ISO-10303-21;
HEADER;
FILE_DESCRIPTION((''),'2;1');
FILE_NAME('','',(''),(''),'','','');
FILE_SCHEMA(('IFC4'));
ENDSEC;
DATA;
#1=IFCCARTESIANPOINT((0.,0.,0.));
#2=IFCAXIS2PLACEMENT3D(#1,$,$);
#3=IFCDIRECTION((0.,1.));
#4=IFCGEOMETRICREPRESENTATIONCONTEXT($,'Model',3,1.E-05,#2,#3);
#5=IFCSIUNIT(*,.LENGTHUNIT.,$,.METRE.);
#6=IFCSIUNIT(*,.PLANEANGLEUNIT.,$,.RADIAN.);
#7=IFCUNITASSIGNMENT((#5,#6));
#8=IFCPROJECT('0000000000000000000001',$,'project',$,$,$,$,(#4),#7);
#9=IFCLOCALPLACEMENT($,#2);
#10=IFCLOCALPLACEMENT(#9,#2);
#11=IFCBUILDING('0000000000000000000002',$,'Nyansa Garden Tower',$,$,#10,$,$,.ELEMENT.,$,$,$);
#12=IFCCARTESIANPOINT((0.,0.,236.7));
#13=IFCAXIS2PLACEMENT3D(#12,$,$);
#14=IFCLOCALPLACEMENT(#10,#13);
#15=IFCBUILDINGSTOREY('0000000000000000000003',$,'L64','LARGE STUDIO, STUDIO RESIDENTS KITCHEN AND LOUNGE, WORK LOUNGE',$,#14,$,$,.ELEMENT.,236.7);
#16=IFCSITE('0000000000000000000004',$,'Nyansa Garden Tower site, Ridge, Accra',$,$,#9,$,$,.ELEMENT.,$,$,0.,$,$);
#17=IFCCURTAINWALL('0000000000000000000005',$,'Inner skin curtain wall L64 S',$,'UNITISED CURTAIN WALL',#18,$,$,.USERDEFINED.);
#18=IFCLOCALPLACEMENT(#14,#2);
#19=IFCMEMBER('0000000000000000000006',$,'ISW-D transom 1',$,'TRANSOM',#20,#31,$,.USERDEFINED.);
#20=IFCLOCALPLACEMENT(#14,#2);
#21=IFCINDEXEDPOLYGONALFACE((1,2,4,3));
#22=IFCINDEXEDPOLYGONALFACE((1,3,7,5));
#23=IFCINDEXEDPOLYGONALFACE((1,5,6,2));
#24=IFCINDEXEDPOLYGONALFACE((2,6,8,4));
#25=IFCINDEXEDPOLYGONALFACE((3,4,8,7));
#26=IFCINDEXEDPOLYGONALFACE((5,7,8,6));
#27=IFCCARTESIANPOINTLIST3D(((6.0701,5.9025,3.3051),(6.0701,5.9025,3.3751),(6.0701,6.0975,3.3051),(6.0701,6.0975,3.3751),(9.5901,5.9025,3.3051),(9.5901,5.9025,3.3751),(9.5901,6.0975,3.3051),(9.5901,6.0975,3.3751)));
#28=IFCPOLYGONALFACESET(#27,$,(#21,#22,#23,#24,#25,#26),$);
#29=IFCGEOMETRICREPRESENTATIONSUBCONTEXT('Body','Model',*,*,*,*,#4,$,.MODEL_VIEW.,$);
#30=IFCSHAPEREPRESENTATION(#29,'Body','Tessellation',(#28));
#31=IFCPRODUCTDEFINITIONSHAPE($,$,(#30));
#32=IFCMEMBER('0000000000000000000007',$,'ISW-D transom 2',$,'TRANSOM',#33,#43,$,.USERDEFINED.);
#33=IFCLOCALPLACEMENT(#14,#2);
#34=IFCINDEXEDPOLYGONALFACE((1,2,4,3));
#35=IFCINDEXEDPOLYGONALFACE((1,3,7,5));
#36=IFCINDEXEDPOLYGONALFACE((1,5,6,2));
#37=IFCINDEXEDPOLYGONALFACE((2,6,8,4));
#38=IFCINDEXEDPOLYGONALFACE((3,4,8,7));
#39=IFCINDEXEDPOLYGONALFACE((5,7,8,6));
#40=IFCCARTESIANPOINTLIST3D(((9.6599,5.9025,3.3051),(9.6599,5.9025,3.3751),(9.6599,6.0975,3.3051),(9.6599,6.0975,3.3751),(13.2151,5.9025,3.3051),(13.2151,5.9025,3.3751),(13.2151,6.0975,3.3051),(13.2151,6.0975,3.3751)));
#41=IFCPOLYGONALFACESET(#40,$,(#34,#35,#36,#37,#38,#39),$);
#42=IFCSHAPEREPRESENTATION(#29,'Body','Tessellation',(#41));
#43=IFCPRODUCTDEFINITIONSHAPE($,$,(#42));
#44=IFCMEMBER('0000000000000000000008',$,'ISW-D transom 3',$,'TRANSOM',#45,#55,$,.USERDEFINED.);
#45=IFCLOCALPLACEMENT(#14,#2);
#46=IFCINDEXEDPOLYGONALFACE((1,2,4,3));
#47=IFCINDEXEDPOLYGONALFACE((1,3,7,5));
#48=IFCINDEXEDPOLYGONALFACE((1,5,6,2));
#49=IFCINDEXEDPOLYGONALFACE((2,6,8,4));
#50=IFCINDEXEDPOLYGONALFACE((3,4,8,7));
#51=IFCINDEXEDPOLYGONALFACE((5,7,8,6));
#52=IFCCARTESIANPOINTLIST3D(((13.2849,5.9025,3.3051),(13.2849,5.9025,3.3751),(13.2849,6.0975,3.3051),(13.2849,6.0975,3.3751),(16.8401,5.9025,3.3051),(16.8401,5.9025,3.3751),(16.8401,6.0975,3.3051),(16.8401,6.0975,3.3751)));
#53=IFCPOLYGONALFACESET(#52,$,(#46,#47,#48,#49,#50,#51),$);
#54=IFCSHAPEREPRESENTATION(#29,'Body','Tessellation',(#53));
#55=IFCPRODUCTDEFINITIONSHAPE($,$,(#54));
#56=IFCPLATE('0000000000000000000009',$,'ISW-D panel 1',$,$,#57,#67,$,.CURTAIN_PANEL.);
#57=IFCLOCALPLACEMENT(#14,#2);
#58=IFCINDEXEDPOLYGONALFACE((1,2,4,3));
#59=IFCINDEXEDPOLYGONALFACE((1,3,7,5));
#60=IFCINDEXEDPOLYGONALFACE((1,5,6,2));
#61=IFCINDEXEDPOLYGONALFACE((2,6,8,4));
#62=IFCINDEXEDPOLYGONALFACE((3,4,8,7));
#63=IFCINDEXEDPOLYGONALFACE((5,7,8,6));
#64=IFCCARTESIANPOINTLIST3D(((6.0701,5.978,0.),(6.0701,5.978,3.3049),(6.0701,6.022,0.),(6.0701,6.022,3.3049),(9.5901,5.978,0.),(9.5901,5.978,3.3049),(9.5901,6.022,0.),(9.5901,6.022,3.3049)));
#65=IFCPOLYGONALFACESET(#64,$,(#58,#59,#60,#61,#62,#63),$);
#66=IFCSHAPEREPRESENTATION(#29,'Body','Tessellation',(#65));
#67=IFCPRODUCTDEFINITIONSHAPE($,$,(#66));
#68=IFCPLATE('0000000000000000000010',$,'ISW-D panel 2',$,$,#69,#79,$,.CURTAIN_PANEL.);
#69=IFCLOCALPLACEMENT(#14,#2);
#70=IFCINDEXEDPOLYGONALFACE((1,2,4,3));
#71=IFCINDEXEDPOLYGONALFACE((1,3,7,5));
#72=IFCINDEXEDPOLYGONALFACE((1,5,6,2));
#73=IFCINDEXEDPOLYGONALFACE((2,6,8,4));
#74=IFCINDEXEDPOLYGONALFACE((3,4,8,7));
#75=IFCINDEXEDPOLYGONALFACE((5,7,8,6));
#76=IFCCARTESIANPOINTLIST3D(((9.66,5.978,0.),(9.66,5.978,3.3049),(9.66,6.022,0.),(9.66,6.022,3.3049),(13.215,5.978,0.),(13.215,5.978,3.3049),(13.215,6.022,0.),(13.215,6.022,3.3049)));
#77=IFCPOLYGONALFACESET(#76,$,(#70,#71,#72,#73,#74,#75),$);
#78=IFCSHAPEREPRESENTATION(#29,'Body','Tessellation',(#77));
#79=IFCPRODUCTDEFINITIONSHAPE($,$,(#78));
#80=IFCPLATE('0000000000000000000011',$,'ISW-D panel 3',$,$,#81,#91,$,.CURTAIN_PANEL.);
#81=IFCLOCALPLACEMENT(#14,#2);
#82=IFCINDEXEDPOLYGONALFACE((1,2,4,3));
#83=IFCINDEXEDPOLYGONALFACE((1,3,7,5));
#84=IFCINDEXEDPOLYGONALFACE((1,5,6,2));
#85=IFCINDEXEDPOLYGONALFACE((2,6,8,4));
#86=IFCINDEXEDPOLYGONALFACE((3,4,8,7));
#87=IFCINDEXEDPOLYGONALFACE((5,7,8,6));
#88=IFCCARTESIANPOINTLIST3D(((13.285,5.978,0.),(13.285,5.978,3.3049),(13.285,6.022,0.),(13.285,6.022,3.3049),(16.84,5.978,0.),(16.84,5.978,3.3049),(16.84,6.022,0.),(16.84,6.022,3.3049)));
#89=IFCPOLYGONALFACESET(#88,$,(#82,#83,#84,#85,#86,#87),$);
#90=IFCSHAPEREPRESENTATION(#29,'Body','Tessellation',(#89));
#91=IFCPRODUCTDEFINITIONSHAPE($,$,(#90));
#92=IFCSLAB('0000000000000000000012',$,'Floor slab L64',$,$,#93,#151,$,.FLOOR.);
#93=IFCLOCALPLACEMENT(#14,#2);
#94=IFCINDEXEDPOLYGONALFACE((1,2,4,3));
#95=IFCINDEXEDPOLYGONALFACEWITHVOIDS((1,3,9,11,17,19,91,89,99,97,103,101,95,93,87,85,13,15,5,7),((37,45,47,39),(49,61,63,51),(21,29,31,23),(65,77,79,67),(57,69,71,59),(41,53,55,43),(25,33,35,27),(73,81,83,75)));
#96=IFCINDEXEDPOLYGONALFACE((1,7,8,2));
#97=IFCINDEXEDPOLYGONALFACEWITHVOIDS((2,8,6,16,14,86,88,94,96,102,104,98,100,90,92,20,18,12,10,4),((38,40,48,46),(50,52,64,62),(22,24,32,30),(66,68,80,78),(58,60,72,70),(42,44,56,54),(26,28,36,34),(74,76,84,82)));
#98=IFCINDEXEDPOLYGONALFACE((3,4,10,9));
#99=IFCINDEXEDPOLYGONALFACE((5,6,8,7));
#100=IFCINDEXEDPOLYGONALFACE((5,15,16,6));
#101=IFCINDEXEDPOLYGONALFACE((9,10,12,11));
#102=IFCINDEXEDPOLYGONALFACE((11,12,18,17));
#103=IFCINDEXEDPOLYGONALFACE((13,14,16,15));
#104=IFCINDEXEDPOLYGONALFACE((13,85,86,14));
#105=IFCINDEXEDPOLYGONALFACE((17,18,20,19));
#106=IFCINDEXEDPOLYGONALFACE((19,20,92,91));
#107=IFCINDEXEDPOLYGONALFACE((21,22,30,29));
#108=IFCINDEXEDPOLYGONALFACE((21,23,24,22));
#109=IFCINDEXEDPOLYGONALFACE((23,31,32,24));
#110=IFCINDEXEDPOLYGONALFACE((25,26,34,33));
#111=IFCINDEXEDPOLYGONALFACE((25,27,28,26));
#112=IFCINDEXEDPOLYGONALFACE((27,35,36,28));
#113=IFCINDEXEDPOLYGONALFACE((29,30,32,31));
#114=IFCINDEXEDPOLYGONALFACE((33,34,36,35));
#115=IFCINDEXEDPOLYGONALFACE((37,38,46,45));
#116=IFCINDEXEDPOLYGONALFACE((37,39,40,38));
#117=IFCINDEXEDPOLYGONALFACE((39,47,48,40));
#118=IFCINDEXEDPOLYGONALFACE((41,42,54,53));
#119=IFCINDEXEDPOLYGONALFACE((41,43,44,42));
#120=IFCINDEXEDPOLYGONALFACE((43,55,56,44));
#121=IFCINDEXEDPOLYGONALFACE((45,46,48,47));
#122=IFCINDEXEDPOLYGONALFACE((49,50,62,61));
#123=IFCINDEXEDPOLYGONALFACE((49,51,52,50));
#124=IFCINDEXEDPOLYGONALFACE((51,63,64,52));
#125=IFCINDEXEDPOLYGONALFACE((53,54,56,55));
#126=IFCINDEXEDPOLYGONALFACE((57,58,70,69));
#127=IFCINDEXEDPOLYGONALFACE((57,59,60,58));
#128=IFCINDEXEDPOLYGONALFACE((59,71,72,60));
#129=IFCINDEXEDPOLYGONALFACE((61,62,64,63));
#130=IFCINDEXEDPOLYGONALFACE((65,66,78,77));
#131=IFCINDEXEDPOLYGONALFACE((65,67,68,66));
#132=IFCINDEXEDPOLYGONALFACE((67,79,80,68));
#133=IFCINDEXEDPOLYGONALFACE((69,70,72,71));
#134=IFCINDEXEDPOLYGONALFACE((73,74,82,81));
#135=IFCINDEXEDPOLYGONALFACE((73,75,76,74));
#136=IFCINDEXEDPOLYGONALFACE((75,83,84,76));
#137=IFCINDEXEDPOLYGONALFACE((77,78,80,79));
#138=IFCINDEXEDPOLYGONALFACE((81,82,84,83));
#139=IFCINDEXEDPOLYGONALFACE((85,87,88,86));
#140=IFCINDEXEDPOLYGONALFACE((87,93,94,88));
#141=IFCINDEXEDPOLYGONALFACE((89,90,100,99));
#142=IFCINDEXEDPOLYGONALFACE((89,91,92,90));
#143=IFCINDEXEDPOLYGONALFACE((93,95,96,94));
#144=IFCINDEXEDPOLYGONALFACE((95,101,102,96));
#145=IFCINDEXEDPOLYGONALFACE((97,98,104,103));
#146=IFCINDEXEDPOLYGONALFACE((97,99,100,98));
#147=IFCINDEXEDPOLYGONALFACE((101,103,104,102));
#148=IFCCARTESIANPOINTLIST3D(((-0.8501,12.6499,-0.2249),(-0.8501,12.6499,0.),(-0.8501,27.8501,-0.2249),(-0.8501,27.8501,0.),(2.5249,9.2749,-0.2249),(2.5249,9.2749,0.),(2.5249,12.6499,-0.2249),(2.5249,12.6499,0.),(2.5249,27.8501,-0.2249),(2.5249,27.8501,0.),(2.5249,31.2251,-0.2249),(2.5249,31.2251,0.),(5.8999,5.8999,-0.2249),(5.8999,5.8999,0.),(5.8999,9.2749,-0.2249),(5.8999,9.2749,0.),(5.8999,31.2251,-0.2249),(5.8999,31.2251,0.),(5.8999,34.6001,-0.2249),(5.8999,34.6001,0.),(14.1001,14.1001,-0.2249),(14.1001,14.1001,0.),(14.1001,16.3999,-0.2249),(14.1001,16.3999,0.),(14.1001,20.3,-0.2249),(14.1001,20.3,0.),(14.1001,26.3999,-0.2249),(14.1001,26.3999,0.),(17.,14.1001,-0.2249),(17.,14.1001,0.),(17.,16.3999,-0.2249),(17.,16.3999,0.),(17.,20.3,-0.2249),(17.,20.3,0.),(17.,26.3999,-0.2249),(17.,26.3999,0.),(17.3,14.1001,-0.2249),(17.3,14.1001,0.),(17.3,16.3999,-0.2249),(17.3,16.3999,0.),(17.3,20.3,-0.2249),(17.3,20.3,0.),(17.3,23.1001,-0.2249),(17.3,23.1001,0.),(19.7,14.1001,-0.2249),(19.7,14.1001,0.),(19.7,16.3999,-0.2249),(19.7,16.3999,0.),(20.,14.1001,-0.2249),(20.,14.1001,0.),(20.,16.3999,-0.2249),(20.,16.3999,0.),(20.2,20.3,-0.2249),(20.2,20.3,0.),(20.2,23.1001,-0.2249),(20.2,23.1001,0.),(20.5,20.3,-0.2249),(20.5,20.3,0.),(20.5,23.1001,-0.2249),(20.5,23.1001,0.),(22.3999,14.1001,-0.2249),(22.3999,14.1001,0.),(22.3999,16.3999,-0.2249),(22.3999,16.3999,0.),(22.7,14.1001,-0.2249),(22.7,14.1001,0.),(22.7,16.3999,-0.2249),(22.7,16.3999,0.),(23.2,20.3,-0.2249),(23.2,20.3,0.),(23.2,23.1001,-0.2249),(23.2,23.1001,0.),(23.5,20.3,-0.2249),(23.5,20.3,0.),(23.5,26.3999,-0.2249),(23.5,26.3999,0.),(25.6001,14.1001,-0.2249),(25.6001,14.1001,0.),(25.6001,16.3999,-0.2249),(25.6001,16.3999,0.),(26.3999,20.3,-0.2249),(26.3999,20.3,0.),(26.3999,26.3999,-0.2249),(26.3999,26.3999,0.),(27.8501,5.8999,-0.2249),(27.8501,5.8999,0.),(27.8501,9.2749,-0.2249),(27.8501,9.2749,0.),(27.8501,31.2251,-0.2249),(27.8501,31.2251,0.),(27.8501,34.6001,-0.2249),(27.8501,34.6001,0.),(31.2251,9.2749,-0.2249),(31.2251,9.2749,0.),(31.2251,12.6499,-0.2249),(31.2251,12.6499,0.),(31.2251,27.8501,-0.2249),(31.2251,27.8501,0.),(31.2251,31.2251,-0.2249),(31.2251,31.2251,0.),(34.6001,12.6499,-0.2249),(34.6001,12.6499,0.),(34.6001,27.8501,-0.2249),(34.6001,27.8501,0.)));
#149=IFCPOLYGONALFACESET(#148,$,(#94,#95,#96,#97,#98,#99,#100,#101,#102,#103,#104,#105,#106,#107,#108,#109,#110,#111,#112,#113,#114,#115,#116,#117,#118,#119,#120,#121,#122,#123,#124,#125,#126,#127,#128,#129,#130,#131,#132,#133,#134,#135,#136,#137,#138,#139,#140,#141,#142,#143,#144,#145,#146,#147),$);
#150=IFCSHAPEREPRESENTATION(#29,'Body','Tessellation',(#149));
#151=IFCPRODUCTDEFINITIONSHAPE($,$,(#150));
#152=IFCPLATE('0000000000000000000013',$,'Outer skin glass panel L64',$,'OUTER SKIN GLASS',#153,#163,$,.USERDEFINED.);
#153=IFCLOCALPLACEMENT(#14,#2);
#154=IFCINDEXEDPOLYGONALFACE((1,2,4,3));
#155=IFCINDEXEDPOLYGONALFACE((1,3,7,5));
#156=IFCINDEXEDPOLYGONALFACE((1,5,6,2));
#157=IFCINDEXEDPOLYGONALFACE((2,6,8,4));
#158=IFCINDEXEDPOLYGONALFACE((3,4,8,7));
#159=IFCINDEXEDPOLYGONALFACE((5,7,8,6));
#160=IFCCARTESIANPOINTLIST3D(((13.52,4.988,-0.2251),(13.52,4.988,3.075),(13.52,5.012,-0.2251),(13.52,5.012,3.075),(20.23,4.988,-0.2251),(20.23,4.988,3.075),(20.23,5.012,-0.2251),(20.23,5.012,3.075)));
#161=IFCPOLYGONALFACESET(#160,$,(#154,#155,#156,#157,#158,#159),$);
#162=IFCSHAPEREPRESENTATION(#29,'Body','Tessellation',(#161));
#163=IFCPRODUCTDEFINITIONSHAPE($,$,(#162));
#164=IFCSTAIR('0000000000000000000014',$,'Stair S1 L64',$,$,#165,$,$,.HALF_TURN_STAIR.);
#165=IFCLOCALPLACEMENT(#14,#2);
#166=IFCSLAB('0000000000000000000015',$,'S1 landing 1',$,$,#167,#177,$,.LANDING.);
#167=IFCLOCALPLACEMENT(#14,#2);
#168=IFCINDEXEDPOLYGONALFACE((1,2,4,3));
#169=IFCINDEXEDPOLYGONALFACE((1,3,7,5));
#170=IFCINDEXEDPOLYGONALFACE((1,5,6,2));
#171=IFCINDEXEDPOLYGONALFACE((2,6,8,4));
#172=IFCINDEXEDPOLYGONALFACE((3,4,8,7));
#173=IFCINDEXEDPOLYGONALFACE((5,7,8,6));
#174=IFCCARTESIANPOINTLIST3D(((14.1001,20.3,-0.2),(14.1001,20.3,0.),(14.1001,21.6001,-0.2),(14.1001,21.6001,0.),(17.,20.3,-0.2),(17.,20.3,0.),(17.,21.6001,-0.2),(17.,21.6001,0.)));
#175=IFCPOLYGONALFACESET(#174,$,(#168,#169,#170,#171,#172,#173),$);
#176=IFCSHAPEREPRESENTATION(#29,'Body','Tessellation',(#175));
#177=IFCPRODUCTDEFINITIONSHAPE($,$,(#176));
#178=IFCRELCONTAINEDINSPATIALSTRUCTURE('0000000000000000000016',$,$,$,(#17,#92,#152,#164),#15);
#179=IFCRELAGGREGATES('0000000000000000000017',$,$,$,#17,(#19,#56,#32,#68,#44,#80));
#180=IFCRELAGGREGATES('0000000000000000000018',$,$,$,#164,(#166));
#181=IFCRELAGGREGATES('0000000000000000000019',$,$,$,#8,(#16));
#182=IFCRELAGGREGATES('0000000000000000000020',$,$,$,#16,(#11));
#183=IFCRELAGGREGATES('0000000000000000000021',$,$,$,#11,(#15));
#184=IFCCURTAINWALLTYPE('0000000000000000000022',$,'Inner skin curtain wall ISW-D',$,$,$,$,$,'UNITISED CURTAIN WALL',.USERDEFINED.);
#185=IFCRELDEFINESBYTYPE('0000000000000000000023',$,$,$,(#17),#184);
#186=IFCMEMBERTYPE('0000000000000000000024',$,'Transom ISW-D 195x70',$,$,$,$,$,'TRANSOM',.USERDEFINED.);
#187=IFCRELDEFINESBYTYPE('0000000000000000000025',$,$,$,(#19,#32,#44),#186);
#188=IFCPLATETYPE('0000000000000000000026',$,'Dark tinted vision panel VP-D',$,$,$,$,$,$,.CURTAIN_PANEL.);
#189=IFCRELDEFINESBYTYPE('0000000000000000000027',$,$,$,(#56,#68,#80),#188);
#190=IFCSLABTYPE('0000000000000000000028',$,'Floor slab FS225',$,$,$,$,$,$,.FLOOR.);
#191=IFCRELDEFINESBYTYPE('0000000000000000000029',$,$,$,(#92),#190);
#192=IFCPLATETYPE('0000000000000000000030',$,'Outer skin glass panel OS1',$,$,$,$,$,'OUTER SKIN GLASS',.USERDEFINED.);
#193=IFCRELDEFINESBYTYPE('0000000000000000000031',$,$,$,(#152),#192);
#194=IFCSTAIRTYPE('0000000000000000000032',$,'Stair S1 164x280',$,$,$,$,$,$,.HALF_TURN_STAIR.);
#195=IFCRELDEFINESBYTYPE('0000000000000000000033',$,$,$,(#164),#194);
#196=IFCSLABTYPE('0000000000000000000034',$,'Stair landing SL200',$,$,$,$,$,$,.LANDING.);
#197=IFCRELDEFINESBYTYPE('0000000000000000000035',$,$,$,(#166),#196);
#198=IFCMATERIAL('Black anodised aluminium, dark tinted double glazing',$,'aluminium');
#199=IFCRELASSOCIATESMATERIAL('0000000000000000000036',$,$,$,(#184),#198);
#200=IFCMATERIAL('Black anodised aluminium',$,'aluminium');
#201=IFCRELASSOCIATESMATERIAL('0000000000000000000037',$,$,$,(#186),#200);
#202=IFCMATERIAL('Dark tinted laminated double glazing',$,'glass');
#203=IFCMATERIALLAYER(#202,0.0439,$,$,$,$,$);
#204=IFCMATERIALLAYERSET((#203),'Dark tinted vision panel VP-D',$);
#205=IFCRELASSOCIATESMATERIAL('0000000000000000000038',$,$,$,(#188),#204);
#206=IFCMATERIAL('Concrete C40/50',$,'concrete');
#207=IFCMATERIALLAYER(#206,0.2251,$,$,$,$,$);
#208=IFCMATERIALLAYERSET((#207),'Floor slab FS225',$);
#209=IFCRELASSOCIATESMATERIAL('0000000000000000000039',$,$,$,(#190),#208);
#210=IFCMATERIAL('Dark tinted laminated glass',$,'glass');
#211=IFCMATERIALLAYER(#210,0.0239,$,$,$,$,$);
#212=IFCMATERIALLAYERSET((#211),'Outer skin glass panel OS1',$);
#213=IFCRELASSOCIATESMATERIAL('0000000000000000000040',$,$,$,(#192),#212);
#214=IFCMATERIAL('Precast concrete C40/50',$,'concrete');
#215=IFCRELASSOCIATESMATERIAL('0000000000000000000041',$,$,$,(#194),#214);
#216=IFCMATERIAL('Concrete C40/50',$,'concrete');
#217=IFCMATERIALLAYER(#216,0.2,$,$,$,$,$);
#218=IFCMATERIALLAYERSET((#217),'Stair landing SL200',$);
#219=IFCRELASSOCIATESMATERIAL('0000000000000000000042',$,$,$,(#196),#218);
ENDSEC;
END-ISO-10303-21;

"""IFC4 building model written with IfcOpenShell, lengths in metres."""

from ifc_helpers import new_model, si_unit, direction, frame, origin, origin_2d, place, context, subcontext, project, spatial, polyline, rectangle, outline, extrude, material, layer, layer_set, material_profile, profile_set, type_object, element, aggregate, save


model = new_model("IFC4")

# Units and contexts
model_context = context("Model", 3, precision=1e-05, world=origin(), true_north=direction((0.0, 1.0)))
body_context = subcontext(model_context, "Body", "Model", "MODEL_VIEW")
ifc_project = project(units=[si_unit("LENGTHUNIT", "METRE"), si_unit("PLANEANGLEUNIT", "RADIAN")], contexts=[model_context])

# Site, building, storey
site_placement = place(None, origin())
site = spatial("IfcSite", under=ifc_project, at=site_placement, Name="Nyansa Garden Tower site, Ridge, Accra", CompositionType="ELEMENT", RefElevation=0.0)
building_placement = place(site_placement, origin())
building = spatial("IfcBuilding", under=site, at=building_placement, Name="Nyansa Garden Tower", CompositionType="ELEMENT")
storey_placement = place(building_placement, frame((0.0, 0.0, 236.7)))
storey = spatial("IfcBuildingStorey", under=building, at=storey_placement, Name="L64", Description="LARGE STUDIO, STUDIO RESIDENTS KITCHEN AND LOUNGE, WORK LOUNGE", CompositionType="ELEMENT", Elevation=236.7)

# Curtain wall
ifc_material_1 = material(Name="Black anodised aluminium, dark tinted double glazing", Category="aluminium")
curtain_wall_type = type_object("IfcCurtainWallType", Name="Inner skin curtain wall ISW-D", ElementType="UNITISED CURTAIN WALL", PredefinedType="USERDEFINED", material=ifc_material_1)
curtain_wall_placement = place(storey_placement, origin())
curtain_wall = element("IfcCurtainWall", 1, at=curtain_wall_placement, inside=storey, type_object=curtain_wall_type, Name="Inner skin curtain wall L64 S", ObjectType="UNITISED CURTAIN WALL", PredefinedType="USERDEFINED")

# Members
ifc_material_2 = material(Name="Black anodised aluminium", Category="aluminium")
ifc_material_profile_1 = material_profile(ifc_material_2, rectangle(XDim=0.1951, YDim=0.0701, at=origin_2d()), Name="Transom 195x70")
ifc_profile_set_1 = profile_set([ifc_material_profile_1], Name="Black anodised aluminium")
member_type_1 = type_object("IfcMemberType", Name="Transom ISW-D 195x70", ElementType="TRANSOM", PredefinedType="USERDEFINED", material=ifc_profile_set_1)
member_1_placement = place(storey_placement, frame((6.0701, 6.0, 3.3401), z_axis=(1.0, 0.0, 0.0), x_axis=(0.0, 1.0, 0.0)))
member_1 = element("IfcMember", 2, at=member_1_placement, type_object=member_type_1, Name="ISW-D transom 1", ObjectType="TRANSOM", PredefinedType="USERDEFINED", context=body_context, shape_type="SweptSolid", body=[
    extrude(rectangle(XDim=0.1951, YDim=0.0701, at=origin_2d()), origin(), (0.0, 0.0, 1.0), 3.52),
])
member_2_placement = place(storey_placement, frame((9.6599, 6.0, 3.3401), z_axis=(1.0, 0.0, 0.0), x_axis=(0.0, 1.0, 0.0)))
member_2 = element("IfcMember", 3, at=member_2_placement, type_object=member_type_1, Name="ISW-D transom 2", ObjectType="TRANSOM", PredefinedType="USERDEFINED", context=body_context, shape_type="SweptSolid", body=[
    extrude(rectangle(XDim=0.1951, YDim=0.0701, at=origin_2d()), origin(), (0.0, 0.0, 1.0), 3.5552),
])
member_3_placement = place(storey_placement, frame((13.2849, 6.0, 3.3401), z_axis=(1.0, 0.0, 0.0), x_axis=(0.0, 1.0, 0.0)))
member_3 = element("IfcMember", 4, at=member_3_placement, type_object=member_type_1, Name="ISW-D transom 3", ObjectType="TRANSOM", PredefinedType="USERDEFINED", context=body_context, shape_type="SweptSolid", body=[
    extrude(rectangle(XDim=0.1951, YDim=0.0701, at=origin_2d()), origin(), (0.0, 0.0, 1.0), 3.5552),
])

# Plates
ifc_material_3 = material(Name="Dark tinted laminated double glazing", Category="glass")
ifc_layer_1 = layer(ifc_material_3, 0.0439)
ifc_layer_set_1 = layer_set([ifc_layer_1], Name="Dark tinted vision panel VP-D")
plate_type_1 = type_object("IfcPlateType", Name="Dark tinted vision panel VP-D", PredefinedType="CURTAIN_PANEL", material=ifc_layer_set_1)
plate_1_placement = place(storey_placement, frame((7.8301, 6.0, 0.0), z_axis=(0.0, 0.0, 1.0), x_axis=(1.0, 0.0, 0.0)))
plate_1 = element("IfcPlate", 5, at=plate_1_placement, type_object=plate_type_1, Name="ISW-D panel 1", PredefinedType="CURTAIN_PANEL", context=body_context, shape_type="SweptSolid", body=[
    extrude(rectangle(XDim=3.52, YDim=0.0439, at=origin_2d()), origin(), (0.0, 0.0, 1.0), 3.3049),
])
plate_2_placement = place(storey_placement, frame((11.4375, 6.0, 0.0), z_axis=(0.0, 0.0, 1.0), x_axis=(1.0, 0.0, 0.0)))
plate_2 = element("IfcPlate", 6, at=plate_2_placement, type_object=plate_type_1, Name="ISW-D panel 2", PredefinedType="CURTAIN_PANEL", context=body_context, shape_type="SweptSolid", body=[
    extrude(rectangle(XDim=3.5549, YDim=0.0439, at=origin_2d()), origin(), (0.0, 0.0, 1.0), 3.3049),
])
plate_3_placement = place(storey_placement, frame((15.0625, 6.0, 0.0), z_axis=(0.0, 0.0, 1.0), x_axis=(1.0, 0.0, 0.0)))
plate_3 = element("IfcPlate", 7, at=plate_3_placement, type_object=plate_type_1, Name="ISW-D panel 3", PredefinedType="CURTAIN_PANEL", context=body_context, shape_type="SweptSolid", body=[
    extrude(rectangle(XDim=3.5549, YDim=0.0439, at=origin_2d()), origin(), (0.0, 0.0, 1.0), 3.3049),
])
aggregate(curtain_wall, [member_1, plate_1, member_2, plate_2, member_3, plate_3])

# Slab
ifc_material_4 = material(Name="Concrete C40/50", Category="concrete")
ifc_layer_2 = layer(ifc_material_4, 0.2251)
ifc_layer_set_2 = layer_set([ifc_layer_2], Name="Floor slab FS225")
slab_type_1 = type_object("IfcSlabType", Name="Floor slab FS225", PredefinedType="FLOOR", material=ifc_layer_set_2)
slab_1_placement = place(storey_placement, frame((0.0, 0.0, -0.2249)))
element("IfcSlab", 8, at=slab_1_placement, inside=storey, type_object=slab_type_1, Name="Floor slab L64", PredefinedType="FLOOR", context=body_context, shape_type="SweptSolid", body=[
    extrude(outline(polyline([(34.6001, 12.6499), (31.2251, 12.6499), (31.2251, 9.2749), (27.8501, 9.2749), (27.8501, 5.8999), (5.8999, 5.8999), (5.8999, 9.2749), (2.5249, 9.2749), (2.5249, 12.6499), (-0.8501, 12.6499), (-0.8501, 27.8501), (2.5249, 27.8501), (2.5249, 31.2251), (5.8999, 31.2251), (5.8999, 34.6001), (27.8501, 34.6001), (27.8501, 31.2251), (31.2251, 31.2251), (31.2251, 27.8501), (34.6001, 27.8501), (34.6001, 12.6499)]), holes=[polyline([(14.1001, 14.1001), (17.0, 14.1001), (17.0, 16.3999), (14.1001, 16.3999), (14.1001, 14.1001)]), polyline([(17.3, 14.1001), (19.7, 14.1001), (19.7, 16.3999), (17.3, 16.3999), (17.3, 14.1001)]), polyline([(20.0, 14.1001), (22.3999, 14.1001), (22.3999, 16.3999), (20.0, 16.3999), (20.0, 14.1001)]), polyline([(22.7, 14.1001), (25.6001, 14.1001), (25.6001, 16.3999), (22.7, 16.3999), (22.7, 14.1001)]), polyline([(17.3, 20.3), (20.2, 20.3), (20.2, 23.1001), (17.3, 23.1001), (17.3, 20.3)]), polyline([(20.5, 20.3), (23.2, 20.3), (23.2, 23.1001), (20.5, 23.1001), (20.5, 20.3)]), polyline([(14.1001, 20.3), (17.0, 20.3), (17.0, 26.3999), (14.1001, 26.3999), (14.1001, 20.3)]), polyline([(23.5, 20.3), (26.3999, 20.3), (26.3999, 26.3999), (23.5, 26.3999), (23.5, 20.3)])]), origin(), (0.0, 0.0, 1.0), 0.2249),
])

# Plate
ifc_material_5 = material(Name="Dark tinted laminated glass", Category="glass")
ifc_layer_3 = layer(ifc_material_5, 0.0239)
ifc_layer_set_3 = layer_set([ifc_layer_3], Name="Outer skin glass panel OS1")
plate_type_2 = type_object("IfcPlateType", Name="Outer skin glass panel OS1", ElementType="OUTER SKIN GLASS", PredefinedType="USERDEFINED", material=ifc_layer_set_3)
plate_4_placement = place(storey_placement, frame((16.875, 5.0, -0.2251), z_axis=(0.0, 0.0, 1.0), x_axis=(1.0, 0.0, 0.0)))
element("IfcPlate", 9, at=plate_4_placement, inside=storey, type_object=plate_type_2, Name="Outer skin glass panel L64", ObjectType="OUTER SKIN GLASS", PredefinedType="USERDEFINED", context=body_context, shape_type="SweptSolid", body=[
    extrude(rectangle(XDim=6.71, YDim=0.0239, at=origin_2d()), origin(), (0.0, 0.0, 1.0), 3.3),
])

# Stair, slab
ifc_material_6 = material(Name="Precast concrete C40/50", Category="concrete")
stair_type_1 = type_object("IfcStairType", Name="Stair S1 164x280", PredefinedType="HALF_TURN_STAIR", material=ifc_material_6)
stair_1_placement = place(storey_placement, origin())
stair_1 = element("IfcStair", 10, at=stair_1_placement, inside=storey, type_object=stair_type_1, Name="Stair S1 L64", PredefinedType="HALF_TURN_STAIR")
ifc_material_7 = material(Name="Concrete C40/50", Category="concrete")
ifc_layer_4 = layer(ifc_material_7, 0.2)
ifc_layer_set_4 = layer_set([ifc_layer_4], Name="Stair landing SL200")
slab_type_2 = type_object("IfcSlabType", Name="Stair landing SL200", PredefinedType="LANDING", material=ifc_layer_set_4)
slab_2_placement = place(storey_placement, frame((0.0, 0.0, -0.2)))
slab_2 = element("IfcSlab", 11, at=slab_2_placement, type_object=slab_type_2, Name="S1 landing 1", PredefinedType="LANDING", context=body_context, shape_type="SweptSolid", body=[
    extrude(outline(polyline([(14.1001, 20.3), (17.0, 20.3), (17.0, 21.6001), (14.1001, 21.6001), (14.1001, 20.3)])), origin(), (0.0, 0.0, 1.0), 0.2),
])
aggregate(stair_1, [slab_2])

save(model, "model.ifc")
